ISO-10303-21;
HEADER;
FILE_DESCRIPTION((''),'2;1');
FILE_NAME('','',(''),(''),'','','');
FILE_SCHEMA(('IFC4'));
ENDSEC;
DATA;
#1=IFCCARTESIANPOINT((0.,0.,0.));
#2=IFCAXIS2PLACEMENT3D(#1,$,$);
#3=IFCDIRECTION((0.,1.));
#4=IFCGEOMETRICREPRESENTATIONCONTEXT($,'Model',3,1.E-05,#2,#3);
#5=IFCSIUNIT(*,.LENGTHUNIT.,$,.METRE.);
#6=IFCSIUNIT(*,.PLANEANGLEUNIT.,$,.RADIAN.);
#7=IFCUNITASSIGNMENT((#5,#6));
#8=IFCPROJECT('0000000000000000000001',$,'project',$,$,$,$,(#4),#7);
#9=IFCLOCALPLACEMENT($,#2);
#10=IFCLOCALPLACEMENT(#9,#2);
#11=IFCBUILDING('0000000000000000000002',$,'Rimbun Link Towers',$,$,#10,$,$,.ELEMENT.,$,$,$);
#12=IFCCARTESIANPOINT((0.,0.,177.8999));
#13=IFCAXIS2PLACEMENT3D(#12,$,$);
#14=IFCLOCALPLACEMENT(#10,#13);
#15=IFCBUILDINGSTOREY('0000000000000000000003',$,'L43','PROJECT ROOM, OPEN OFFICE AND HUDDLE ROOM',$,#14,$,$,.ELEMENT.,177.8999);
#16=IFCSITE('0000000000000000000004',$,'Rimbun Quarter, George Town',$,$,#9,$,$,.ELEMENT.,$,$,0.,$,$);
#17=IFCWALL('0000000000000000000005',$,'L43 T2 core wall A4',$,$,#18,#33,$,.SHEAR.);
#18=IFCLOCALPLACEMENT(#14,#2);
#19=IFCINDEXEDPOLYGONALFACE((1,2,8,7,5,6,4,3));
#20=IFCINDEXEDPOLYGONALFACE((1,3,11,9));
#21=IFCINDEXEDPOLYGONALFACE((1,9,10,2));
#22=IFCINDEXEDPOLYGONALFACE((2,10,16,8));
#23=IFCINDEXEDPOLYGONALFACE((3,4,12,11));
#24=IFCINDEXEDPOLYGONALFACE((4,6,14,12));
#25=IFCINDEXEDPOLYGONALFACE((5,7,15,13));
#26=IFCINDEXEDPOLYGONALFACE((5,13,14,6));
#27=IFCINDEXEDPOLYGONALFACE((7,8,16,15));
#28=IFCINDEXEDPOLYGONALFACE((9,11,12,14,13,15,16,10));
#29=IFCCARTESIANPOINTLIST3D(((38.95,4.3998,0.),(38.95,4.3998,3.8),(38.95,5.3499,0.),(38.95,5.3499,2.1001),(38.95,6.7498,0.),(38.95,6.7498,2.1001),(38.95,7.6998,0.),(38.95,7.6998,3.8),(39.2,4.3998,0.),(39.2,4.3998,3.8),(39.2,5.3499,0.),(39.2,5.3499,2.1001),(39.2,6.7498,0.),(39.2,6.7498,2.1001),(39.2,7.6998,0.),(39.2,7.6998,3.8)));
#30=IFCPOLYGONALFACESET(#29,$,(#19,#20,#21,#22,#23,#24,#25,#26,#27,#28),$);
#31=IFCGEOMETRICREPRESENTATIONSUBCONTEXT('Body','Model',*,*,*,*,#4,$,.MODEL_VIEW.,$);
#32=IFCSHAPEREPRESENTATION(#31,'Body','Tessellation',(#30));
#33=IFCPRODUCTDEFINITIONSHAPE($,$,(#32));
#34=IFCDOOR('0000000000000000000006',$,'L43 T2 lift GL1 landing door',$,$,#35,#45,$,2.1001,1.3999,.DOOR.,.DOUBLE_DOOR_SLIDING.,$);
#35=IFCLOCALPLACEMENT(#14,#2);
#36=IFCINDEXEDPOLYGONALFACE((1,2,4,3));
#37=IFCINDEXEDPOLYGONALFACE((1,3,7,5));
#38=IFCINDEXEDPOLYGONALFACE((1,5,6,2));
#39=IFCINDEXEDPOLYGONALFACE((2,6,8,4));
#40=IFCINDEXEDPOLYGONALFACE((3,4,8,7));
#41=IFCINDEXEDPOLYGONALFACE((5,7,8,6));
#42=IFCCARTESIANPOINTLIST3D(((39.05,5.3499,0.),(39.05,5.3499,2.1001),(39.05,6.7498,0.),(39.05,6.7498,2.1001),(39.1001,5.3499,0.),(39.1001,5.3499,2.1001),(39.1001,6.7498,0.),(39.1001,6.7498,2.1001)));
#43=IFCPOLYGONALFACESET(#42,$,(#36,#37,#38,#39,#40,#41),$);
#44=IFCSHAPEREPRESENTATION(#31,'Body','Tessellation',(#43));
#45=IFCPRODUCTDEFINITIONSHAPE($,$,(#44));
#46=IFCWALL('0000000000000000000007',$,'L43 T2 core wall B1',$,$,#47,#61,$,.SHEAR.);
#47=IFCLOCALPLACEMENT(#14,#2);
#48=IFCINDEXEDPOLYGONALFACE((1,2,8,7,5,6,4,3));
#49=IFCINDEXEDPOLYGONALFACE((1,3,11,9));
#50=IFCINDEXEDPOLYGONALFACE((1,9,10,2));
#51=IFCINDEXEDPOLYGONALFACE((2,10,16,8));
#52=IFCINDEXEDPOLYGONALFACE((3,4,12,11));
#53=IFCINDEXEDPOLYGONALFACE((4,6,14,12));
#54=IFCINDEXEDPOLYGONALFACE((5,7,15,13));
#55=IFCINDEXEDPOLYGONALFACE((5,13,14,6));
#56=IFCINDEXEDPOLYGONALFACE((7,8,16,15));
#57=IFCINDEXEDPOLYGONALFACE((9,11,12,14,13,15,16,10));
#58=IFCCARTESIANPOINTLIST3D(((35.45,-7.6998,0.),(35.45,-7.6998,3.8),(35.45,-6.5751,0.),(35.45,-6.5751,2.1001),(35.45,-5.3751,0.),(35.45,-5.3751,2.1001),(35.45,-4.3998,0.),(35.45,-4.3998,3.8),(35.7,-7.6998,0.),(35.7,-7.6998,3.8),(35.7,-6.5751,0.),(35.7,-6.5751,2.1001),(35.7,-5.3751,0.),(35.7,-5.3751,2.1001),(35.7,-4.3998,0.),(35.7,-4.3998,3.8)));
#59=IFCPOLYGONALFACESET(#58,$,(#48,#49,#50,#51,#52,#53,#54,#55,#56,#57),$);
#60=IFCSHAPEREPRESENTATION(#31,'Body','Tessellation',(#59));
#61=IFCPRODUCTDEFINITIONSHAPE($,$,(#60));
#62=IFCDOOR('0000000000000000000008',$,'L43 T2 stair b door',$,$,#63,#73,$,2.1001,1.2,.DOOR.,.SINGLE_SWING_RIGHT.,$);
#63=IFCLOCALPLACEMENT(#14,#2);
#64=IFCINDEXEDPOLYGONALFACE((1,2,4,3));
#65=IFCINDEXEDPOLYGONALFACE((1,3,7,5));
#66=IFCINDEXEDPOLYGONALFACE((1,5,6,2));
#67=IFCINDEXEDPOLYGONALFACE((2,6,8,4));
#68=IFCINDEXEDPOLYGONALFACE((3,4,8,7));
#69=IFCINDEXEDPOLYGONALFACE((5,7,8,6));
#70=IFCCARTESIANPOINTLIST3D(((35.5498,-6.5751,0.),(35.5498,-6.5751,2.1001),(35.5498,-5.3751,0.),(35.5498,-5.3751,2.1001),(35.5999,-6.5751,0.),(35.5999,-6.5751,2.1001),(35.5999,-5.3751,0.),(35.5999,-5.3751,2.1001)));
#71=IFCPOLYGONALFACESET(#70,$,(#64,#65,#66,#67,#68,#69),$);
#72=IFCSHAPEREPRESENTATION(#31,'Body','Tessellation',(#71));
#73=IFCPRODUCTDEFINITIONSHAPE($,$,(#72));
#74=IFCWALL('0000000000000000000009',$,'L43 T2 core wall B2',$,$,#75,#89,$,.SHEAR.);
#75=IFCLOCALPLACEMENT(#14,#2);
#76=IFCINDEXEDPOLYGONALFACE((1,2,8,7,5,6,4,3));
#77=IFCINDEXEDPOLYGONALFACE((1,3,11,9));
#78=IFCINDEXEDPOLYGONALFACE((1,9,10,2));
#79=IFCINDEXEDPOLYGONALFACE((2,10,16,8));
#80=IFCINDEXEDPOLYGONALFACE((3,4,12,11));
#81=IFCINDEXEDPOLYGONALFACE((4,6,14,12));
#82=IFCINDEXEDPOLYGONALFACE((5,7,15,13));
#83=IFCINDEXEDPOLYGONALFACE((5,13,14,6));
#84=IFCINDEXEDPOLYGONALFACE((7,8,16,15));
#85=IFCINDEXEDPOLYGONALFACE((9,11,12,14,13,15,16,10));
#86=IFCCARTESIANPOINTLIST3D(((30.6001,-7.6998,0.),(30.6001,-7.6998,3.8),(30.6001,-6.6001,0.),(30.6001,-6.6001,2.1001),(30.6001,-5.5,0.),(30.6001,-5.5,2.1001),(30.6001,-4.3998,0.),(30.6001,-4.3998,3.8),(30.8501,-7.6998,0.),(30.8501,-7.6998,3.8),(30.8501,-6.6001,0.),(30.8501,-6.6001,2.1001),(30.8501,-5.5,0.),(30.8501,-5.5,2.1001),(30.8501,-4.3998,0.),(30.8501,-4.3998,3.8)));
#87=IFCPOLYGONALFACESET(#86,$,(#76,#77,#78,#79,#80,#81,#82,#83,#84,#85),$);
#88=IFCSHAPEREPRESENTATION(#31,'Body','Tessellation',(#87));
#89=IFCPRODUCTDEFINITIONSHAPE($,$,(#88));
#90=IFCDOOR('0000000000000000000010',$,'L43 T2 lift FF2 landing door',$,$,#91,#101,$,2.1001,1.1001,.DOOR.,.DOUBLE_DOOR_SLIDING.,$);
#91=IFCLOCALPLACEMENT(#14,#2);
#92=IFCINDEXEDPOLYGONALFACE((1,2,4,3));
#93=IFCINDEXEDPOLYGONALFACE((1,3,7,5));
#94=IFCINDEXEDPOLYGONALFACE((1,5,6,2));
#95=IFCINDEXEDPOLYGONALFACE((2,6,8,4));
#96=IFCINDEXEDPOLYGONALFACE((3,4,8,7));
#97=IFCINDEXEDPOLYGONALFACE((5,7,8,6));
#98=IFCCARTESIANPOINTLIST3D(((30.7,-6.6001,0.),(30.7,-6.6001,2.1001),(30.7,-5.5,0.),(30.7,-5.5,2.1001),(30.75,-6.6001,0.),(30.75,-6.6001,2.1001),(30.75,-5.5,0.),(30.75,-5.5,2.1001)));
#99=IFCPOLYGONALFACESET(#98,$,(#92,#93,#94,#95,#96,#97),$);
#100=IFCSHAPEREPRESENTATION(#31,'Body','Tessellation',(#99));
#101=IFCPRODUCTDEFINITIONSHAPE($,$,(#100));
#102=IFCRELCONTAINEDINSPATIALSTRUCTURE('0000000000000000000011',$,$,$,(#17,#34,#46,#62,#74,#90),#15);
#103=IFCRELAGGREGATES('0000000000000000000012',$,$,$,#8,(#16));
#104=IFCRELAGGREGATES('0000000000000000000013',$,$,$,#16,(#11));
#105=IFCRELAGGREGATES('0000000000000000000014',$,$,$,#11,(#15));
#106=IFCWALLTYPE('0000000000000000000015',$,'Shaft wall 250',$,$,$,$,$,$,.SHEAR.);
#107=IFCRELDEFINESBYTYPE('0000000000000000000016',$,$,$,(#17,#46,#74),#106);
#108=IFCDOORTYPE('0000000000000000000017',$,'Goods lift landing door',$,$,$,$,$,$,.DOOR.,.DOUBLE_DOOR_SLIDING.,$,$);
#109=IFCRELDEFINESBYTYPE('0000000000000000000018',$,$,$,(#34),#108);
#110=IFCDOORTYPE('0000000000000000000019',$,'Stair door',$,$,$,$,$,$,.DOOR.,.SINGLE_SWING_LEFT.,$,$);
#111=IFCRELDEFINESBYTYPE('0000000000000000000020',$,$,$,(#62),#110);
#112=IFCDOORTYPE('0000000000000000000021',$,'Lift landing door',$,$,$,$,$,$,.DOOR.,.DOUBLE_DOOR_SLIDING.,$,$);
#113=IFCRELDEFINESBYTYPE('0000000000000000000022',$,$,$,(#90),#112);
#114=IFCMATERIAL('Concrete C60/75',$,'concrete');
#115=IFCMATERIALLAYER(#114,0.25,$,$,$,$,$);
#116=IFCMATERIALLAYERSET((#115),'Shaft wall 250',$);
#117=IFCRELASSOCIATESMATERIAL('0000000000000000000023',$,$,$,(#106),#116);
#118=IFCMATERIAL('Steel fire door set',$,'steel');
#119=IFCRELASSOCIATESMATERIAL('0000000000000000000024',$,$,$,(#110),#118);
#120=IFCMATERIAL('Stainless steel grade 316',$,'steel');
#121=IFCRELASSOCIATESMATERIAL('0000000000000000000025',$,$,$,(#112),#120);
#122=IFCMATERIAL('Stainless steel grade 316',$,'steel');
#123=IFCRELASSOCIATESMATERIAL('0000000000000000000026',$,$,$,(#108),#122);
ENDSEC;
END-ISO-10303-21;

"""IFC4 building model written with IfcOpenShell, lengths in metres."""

from ifc_helpers import new_model, si_unit, direction, frame, frame_2d, origin, place, context, subcontext, project, spatial, rectangle, extrude, material, layer, layer_set, type_object, element, fill, save


model = new_model("IFC4")

# Units and contexts
model_context = context("Model", 3, precision=1e-05, world=origin(), true_north=direction((0.0, 1.0)))
body_context = subcontext(model_context, "Body", "Model", "MODEL_VIEW")
ifc_project = project(units=[si_unit("LENGTHUNIT", "METRE"), si_unit("PLANEANGLEUNIT", "RADIAN")], contexts=[model_context])

# Site, building, storey
site_placement = place(None, origin())
site = spatial("IfcSite", under=ifc_project, at=site_placement, Name="Rimbun Quarter, George Town", CompositionType="ELEMENT", RefElevation=0.0)
building_placement = place(site_placement, origin())
building = spatial("IfcBuilding", under=site, at=building_placement, Name="Rimbun Link Towers", CompositionType="ELEMENT")
storey_placement = place(building_placement, frame((0.0, 0.0, 177.8999)))
storey = spatial("IfcBuildingStorey", under=building, at=storey_placement, Name="L43", Description="PROJECT ROOM, OPEN OFFICE AND HUDDLE ROOM", CompositionType="ELEMENT", Elevation=177.8999)

# Shared definitions
ifc_material_1 = material(Name="Concrete C60/75", Category="concrete")
ifc_layer = layer(ifc_material_1, 0.25)
ifc_layer_set = layer_set([ifc_layer], Name="Shaft wall 250")
wall_type = type_object("IfcWallType", Name="Shaft wall 250", PredefinedType="SHEAR", material=ifc_layer_set)

# Shared definitions
ifc_material_2 = material(Name="Steel fire door set", Category="steel")
door_type_1 = type_object("IfcDoorType", Name="Stair door", OperationType="SINGLE_SWING_LEFT", PredefinedType="DOOR", material=ifc_material_2)
ifc_material_3 = material(Name="Stainless steel grade 316", Category="steel")
door_type_2 = type_object("IfcDoorType", Name="Lift landing door", OperationType="DOUBLE_DOOR_SLIDING", PredefinedType="DOOR", material=ifc_material_3)

# Walls, openings, doors
wall_1_placement = place(storey_placement, frame((39.075, 4.3999, 0.0), z_axis=(0.0, 0.0, 1.0), x_axis=(0.0, 1.0, 0.0)))
wall_1 = element("IfcWall", 1, at=wall_1_placement, inside=storey, type_object=wall_type, Name="L43 T2 core wall A4", PredefinedType="SHEAR", context=body_context, shape_type="SweptSolid", body=[
    extrude(rectangle(XDim=3.3, YDim=0.25, at=frame_2d((1.6499, 0.0))), origin(), (0.0, 0.0, 1.0), 3.8),
])
opening_1_placement = place(wall_1_placement, frame((0.95, 0.0, 0.0)))
opening_1 = element("IfcOpeningElement", 2, at=opening_1_placement, cuts=wall_1, PredefinedType="OPENING", context=body_context, shape_type="SweptSolid", body=[
    extrude(rectangle(XDim=1.3999, YDim=2.1001, at=frame_2d((0.7, 1.05))), frame((0.0, 0.135, 0.0), z_axis=(0.0, -1.0, 0.0), x_axis=(1.0, 0.0, 0.0)), (0.0, 0.0, 1.0), 0.27),
])
ifc_material_4 = material(Name="Stainless steel grade 316", Category="steel")
door_type_3 = type_object("IfcDoorType", Name="Goods lift landing door", OperationType="DOUBLE_DOOR_SLIDING", PredefinedType="DOOR", material=ifc_material_4)
door_1_placement = place(opening_1_placement, origin())
door_1 = element("IfcDoor", 3, at=door_1_placement, inside=storey, type_object=door_type_3, Name="L43 T2 lift GL1 landing door", OperationType="DOUBLE_DOOR_SLIDING", OverallHeight=2.1001, OverallWidth=1.3999, PredefinedType="DOOR", context=body_context, shape_type="SweptSolid", body=[
    extrude(rectangle(XDim=1.3999, YDim=2.1001, at=frame_2d((0.7, 1.05))), frame((0.0, 0.0249, 0.0), z_axis=(0.0, -1.0, 0.0), x_axis=(1.0, 0.0, 0.0)), (0.0, 0.0, 1.0), 0.05),
])
fill(opening_1, door_1)
wall_2_placement = place(storey_placement, frame((35.575, -4.3999, 0.0), z_axis=(0.0, 0.0, 1.0), x_axis=(0.0, -1.0, 0.0)))
wall_2 = element("IfcWall", 4, at=wall_2_placement, inside=storey, type_object=wall_type, Name="L43 T2 core wall B1", PredefinedType="SHEAR", context=body_context, shape_type="SweptSolid", body=[
    extrude(rectangle(XDim=3.3, YDim=0.25, at=frame_2d((1.6499, 0.0))), origin(), (0.0, 0.0, 1.0), 3.8),
])
opening_2_placement = place(wall_2_placement, frame((0.9751, 0.0, 0.0)))
opening_2 = element("IfcOpeningElement", 5, at=opening_2_placement, cuts=wall_2, PredefinedType="OPENING", context=body_context, shape_type="SweptSolid", body=[
    extrude(rectangle(XDim=1.2, YDim=2.1001, at=frame_2d((0.6001, 1.05))), frame((0.0, 0.135, 0.0), z_axis=(0.0, -1.0, 0.0), x_axis=(1.0, 0.0, 0.0)), (0.0, 0.0, 1.0), 0.27),
])
door_2_placement = place(opening_2_placement, origin())
door_2 = element("IfcDoor", 6, at=door_2_placement, inside=storey, type_object=door_type_1, Name="L43 T2 stair b door", OperationType="SINGLE_SWING_RIGHT", OverallHeight=2.1001, OverallWidth=1.2, PredefinedType="DOOR", context=body_context, shape_type="SweptSolid", body=[
    extrude(rectangle(XDim=1.2, YDim=2.1001, at=frame_2d((0.6001, 1.05))), frame((0.0, 0.0249, 0.0), z_axis=(0.0, -1.0, 0.0), x_axis=(1.0, 0.0, 0.0)), (0.0, 0.0, 1.0), 0.05),
])
fill(opening_2, door_2)
wall_3_placement = place(storey_placement, frame((30.7251, -4.3999, 0.0), z_axis=(0.0, 0.0, 1.0), x_axis=(0.0, -1.0, 0.0)))
wall_3 = element("IfcWall", 7, at=wall_3_placement, inside=storey, type_object=wall_type, Name="L43 T2 core wall B2", PredefinedType="SHEAR", context=body_context, shape_type="SweptSolid", body=[
    extrude(rectangle(XDim=3.3, YDim=0.25, at=frame_2d((1.6499, 0.0))), origin(), (0.0, 0.0, 1.0), 3.8),
])
opening_3_placement = place(wall_3_placement, frame((1.1001, 0.0, 0.0)))
opening_3 = element("IfcOpeningElement", 8, at=opening_3_placement, cuts=wall_3, PredefinedType="OPENING", context=body_context, shape_type="SweptSolid", body=[
    extrude(rectangle(XDim=1.1001, YDim=2.1001, at=frame_2d((0.55, 1.05))), frame((0.0, 0.135, 0.0), z_axis=(0.0, -1.0, 0.0), x_axis=(1.0, 0.0, 0.0)), (0.0, 0.0, 1.0), 0.27),
])
door_3_placement = place(opening_3_placement, origin())
door_3 = element("IfcDoor", 9, at=door_3_placement, inside=storey, type_object=door_type_2, Name="L43 T2 lift FF2 landing door", OperationType="DOUBLE_DOOR_SLIDING", OverallHeight=2.1001, OverallWidth=1.1001, PredefinedType="DOOR", context=body_context, shape_type="SweptSolid", body=[
    extrude(rectangle(XDim=1.1001, YDim=2.1001, at=frame_2d((0.55, 1.05))), frame((0.0, 0.0249, 0.0), z_axis=(0.0, -1.0, 0.0), x_axis=(1.0, 0.0, 0.0)), (0.0, 0.0, 1.0), 0.05),
])
fill(opening_3, door_3)

save(model, "model.ifc")
